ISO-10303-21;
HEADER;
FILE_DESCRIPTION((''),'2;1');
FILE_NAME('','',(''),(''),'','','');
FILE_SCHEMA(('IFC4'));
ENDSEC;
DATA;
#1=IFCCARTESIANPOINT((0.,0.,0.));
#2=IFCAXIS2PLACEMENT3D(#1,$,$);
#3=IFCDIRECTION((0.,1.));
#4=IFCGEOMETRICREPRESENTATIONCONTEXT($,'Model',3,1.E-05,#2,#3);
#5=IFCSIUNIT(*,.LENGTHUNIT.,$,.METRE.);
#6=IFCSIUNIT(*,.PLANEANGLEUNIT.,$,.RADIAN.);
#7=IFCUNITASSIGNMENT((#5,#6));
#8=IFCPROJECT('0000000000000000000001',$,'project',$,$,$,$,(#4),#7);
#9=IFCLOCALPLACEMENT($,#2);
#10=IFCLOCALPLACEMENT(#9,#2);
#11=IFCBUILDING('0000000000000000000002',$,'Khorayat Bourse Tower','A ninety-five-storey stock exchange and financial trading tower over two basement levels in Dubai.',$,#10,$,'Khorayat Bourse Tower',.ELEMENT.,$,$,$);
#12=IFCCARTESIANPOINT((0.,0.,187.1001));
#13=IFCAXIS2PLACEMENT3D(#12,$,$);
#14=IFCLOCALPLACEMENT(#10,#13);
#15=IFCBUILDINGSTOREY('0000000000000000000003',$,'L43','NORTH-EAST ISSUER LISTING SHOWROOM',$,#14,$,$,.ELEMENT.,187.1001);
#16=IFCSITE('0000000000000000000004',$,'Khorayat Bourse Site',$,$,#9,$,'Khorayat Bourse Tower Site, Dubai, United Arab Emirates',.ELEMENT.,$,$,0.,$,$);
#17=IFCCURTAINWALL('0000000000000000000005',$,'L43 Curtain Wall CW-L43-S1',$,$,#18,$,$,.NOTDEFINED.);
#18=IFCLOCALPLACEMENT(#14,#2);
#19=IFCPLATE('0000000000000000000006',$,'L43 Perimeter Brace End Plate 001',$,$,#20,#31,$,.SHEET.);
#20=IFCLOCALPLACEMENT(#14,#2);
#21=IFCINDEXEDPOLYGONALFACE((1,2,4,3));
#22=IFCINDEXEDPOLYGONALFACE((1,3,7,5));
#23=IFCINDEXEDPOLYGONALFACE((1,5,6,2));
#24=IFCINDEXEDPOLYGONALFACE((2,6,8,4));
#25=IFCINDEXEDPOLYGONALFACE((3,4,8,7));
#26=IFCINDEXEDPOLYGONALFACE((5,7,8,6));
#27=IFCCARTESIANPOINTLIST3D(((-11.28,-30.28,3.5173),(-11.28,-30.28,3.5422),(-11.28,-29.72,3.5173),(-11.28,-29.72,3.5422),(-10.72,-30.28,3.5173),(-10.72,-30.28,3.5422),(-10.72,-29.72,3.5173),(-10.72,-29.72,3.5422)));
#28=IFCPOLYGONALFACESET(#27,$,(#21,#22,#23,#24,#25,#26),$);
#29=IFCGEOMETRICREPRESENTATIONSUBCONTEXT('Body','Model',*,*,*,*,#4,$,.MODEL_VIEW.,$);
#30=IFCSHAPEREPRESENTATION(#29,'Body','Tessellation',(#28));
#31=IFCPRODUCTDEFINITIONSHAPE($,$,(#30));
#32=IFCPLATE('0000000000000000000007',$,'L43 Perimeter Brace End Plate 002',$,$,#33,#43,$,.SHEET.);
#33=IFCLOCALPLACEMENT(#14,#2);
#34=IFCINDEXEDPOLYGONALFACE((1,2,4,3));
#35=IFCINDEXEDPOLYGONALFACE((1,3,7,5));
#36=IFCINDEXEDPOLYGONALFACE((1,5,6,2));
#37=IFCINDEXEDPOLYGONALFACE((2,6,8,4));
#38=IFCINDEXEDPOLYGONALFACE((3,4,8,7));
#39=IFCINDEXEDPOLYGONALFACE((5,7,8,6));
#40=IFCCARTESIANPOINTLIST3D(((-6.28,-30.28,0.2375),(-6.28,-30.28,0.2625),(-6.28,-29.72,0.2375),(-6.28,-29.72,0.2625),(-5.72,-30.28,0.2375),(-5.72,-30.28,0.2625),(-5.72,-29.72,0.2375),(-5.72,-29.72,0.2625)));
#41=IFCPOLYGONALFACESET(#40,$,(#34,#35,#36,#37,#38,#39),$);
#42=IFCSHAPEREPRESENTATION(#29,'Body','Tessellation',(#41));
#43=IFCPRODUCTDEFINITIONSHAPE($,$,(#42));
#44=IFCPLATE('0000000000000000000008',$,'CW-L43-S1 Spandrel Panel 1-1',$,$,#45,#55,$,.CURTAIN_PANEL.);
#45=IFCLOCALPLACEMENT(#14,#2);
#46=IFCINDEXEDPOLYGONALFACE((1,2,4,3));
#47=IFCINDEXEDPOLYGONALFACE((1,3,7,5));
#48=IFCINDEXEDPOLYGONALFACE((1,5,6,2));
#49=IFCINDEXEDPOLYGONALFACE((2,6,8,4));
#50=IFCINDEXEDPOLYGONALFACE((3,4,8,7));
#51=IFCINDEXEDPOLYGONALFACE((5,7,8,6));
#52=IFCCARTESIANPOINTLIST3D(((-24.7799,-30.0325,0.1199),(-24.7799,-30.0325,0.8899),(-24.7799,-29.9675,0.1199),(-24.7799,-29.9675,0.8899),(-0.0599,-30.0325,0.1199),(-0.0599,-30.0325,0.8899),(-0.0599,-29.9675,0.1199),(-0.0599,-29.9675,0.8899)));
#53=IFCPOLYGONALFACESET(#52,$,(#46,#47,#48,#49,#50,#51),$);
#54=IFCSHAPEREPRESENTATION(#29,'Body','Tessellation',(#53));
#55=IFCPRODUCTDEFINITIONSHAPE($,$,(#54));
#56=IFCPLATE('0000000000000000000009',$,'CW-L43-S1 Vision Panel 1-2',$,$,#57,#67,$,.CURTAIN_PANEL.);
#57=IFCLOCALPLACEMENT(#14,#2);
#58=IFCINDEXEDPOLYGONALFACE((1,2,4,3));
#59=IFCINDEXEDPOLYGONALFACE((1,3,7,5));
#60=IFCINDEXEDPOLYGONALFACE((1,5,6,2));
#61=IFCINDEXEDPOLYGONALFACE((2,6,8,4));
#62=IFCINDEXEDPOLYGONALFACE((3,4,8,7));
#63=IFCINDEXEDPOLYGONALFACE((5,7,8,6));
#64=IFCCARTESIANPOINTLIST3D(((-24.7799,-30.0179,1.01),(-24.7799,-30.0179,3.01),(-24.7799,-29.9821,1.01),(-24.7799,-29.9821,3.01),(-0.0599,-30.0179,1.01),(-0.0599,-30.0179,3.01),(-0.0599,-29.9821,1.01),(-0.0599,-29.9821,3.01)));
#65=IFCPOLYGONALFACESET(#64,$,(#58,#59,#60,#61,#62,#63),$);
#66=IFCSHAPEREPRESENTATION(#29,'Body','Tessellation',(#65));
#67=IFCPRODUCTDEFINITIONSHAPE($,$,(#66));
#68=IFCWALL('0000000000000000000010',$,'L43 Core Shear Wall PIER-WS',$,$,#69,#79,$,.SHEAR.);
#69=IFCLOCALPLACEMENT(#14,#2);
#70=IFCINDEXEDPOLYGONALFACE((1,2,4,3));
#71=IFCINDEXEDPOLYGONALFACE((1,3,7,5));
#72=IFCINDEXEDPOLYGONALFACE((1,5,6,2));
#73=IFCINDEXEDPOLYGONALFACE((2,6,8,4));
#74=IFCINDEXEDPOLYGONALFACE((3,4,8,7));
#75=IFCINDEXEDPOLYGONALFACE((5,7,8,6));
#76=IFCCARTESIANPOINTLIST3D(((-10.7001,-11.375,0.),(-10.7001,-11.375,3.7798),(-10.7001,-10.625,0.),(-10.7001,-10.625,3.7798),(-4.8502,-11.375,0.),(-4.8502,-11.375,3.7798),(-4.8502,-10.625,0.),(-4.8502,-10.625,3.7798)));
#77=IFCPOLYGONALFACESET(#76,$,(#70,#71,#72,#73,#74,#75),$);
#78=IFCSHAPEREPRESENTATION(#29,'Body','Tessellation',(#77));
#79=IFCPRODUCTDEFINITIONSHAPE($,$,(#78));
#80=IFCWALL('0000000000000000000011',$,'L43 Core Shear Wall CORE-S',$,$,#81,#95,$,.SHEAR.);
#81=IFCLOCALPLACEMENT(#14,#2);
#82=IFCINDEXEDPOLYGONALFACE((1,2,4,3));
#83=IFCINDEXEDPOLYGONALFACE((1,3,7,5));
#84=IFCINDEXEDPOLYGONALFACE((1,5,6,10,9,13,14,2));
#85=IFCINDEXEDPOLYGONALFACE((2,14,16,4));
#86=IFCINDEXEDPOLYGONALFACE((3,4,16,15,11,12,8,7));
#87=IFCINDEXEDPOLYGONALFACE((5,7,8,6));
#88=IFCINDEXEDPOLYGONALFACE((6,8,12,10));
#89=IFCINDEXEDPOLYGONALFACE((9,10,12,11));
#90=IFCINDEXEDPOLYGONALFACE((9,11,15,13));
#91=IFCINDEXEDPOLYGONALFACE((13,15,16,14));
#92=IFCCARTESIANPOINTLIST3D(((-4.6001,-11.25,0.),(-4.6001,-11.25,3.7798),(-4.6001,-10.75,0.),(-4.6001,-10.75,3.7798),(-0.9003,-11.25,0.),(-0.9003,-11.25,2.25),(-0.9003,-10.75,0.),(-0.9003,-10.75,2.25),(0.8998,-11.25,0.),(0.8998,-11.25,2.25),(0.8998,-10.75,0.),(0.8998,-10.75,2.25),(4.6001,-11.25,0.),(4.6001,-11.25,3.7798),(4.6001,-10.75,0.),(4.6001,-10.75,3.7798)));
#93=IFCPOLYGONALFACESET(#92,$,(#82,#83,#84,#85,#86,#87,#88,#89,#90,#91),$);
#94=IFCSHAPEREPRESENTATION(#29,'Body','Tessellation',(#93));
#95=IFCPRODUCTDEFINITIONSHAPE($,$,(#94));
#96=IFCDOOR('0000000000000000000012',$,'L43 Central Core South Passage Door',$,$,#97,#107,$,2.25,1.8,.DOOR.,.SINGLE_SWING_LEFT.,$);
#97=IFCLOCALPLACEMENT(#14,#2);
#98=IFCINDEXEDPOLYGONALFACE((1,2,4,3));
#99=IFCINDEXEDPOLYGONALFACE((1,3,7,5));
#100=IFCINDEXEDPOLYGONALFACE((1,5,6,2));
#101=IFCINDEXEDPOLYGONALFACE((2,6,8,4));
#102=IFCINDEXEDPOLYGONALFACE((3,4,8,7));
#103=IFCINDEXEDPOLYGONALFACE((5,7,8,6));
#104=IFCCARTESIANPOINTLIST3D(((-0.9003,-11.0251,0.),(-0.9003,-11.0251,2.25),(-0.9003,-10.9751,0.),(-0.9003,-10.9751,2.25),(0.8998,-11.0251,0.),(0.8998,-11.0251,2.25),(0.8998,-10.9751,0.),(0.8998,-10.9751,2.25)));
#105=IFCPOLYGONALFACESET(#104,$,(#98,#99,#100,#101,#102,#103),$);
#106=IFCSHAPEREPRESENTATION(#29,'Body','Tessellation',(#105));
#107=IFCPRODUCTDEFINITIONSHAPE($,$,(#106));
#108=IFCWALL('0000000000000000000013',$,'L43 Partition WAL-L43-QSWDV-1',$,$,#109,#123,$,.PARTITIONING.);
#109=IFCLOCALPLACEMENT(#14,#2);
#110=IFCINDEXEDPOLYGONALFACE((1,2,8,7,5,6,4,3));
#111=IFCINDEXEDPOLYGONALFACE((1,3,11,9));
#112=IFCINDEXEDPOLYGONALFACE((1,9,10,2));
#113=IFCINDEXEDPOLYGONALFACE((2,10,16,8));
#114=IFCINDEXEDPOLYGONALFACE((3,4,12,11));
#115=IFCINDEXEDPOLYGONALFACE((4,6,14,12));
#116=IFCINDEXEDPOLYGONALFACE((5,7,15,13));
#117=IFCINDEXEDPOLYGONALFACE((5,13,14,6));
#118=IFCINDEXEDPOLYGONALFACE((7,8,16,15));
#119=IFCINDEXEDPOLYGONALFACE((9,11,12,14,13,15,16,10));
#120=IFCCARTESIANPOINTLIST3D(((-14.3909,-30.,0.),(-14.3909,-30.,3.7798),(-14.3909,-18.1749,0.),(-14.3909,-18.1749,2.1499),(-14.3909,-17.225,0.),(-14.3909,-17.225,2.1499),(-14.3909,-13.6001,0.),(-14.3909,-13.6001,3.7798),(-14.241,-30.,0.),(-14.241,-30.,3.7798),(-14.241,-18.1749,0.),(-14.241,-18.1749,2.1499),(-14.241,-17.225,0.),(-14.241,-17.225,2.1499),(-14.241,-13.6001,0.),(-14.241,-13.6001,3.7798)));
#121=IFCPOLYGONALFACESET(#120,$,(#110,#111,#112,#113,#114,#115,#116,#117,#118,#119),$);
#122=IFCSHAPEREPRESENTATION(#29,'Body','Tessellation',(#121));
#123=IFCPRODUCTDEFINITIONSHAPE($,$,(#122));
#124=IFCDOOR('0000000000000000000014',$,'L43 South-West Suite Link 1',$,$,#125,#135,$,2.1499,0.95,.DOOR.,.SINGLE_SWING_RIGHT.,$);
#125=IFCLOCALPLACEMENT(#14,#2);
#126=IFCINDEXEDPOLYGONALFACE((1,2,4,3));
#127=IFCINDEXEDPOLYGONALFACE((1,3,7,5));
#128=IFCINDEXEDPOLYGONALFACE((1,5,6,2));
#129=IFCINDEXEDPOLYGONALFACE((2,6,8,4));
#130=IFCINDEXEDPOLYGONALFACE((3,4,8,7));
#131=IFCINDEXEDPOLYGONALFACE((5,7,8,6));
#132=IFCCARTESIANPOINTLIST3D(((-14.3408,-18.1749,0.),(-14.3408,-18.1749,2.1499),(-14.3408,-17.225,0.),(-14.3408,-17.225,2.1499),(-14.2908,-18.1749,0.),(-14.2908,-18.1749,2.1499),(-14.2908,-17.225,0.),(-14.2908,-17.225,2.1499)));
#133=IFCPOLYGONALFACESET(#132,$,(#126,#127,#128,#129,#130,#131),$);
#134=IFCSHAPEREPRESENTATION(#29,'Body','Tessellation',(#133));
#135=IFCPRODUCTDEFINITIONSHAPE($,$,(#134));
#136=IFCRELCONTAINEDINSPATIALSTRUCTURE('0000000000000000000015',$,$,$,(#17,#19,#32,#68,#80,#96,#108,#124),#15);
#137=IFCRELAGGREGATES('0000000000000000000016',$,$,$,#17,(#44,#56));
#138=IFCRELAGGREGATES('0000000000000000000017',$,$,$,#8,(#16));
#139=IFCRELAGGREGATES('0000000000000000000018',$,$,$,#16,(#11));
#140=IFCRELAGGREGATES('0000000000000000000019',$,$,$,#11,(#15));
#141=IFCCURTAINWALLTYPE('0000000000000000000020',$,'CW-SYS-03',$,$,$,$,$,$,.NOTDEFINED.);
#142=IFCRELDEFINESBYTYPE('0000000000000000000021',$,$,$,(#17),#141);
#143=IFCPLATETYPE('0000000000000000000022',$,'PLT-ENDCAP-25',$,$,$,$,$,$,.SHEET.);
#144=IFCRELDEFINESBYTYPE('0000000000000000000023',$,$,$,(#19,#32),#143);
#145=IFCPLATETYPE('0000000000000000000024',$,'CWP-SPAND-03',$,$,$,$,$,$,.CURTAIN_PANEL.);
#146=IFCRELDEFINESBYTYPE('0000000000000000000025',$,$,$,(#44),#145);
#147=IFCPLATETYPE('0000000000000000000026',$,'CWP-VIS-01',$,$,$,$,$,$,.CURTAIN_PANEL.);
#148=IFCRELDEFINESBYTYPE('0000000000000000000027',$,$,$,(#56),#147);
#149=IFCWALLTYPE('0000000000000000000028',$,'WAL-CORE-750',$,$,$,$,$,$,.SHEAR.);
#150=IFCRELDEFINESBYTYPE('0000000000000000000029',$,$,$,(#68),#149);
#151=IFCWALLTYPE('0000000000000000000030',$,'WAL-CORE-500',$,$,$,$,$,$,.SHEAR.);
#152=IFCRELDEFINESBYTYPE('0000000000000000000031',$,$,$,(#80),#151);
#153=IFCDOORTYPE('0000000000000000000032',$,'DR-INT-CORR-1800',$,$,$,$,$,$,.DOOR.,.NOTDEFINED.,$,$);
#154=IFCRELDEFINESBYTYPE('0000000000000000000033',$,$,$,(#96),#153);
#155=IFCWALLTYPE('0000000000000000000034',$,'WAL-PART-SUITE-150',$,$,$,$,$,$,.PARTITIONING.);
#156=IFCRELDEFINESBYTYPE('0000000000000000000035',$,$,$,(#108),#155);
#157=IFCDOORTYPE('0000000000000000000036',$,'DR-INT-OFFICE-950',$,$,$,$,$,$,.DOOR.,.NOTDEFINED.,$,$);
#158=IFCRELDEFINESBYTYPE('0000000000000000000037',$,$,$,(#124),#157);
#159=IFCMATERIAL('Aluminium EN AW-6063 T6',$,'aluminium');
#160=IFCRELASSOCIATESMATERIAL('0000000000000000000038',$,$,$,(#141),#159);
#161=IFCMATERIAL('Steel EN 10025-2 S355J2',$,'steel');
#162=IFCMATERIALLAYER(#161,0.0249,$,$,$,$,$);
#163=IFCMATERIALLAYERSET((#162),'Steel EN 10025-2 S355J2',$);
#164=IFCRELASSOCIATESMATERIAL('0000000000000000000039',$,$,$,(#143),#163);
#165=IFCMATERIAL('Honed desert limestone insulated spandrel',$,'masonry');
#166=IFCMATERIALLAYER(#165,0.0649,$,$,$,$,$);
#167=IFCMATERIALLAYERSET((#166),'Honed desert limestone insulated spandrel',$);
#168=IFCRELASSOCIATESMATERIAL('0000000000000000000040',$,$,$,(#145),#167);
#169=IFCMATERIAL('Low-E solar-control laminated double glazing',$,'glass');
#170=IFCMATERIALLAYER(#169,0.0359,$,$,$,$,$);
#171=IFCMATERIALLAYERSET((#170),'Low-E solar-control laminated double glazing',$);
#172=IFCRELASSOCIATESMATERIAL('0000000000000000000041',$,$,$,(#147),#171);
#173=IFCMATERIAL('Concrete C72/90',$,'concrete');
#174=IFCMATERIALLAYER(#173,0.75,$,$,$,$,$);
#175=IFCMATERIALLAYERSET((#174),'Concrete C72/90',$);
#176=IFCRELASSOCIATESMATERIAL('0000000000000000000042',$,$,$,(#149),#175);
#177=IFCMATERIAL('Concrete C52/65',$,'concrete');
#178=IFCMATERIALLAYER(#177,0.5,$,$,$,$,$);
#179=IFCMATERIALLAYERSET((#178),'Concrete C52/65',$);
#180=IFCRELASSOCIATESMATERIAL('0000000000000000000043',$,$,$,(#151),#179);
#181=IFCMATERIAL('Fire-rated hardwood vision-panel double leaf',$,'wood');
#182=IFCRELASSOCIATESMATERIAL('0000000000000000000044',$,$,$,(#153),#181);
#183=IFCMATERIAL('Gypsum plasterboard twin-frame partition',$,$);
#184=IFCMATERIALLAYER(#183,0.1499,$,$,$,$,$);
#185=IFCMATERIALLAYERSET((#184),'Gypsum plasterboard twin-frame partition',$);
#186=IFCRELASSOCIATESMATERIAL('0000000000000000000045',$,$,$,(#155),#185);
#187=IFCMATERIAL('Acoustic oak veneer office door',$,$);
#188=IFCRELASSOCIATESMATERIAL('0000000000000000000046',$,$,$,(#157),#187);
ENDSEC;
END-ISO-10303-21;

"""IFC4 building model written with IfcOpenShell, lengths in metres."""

from ifc_helpers import new_model, si_unit, direction, frame, frame_2d, origin, origin_2d, place, context, subcontext, project, spatial, rectangle, extrude, source, transform, mapped, material, layer, layer_set, type_object, element, fill, aggregate, save


model = new_model("IFC4")

# Units and contexts
model_context = context("Model", 3, precision=1e-05, world=origin(), true_north=direction((0.0, 1.0)))
body_context = subcontext(model_context, "Body", "Model", "MODEL_VIEW")
ifc_project = project(units=[si_unit("LENGTHUNIT", "METRE"), si_unit("PLANEANGLEUNIT", "RADIAN")], contexts=[model_context])

# Site, building, storey
site_placement = place(None, origin())
site = spatial("IfcSite", under=ifc_project, at=site_placement, Name="Khorayat Bourse Site", LongName="Khorayat Bourse Tower Site, Dubai, United Arab Emirates", CompositionType="ELEMENT", RefElevation=0.0)
building_placement = place(site_placement, origin())
building = spatial("IfcBuilding", under=site, at=building_placement, Name="Khorayat Bourse Tower", Description="A ninety-five-storey stock exchange and financial trading tower over two basement levels in Dubai.", LongName="Khorayat Bourse Tower", CompositionType="ELEMENT")
storey_placement = place(building_placement, frame((0.0, 0.0, 187.1001)))
storey = spatial("IfcBuildingStorey", under=building, at=storey_placement, Name="L43", Description="NORTH-EAST ISSUER LISTING SHOWROOM", CompositionType="ELEMENT", Elevation=187.1001)

# Shared definitions
ifc_material_1 = material(Name="Concrete C72/90", Category="concrete")

# Curtain wall
ifc_material_2 = material(Name="Aluminium EN AW-6063 T6", Category="aluminium")
curtain_wall_type = type_object("IfcCurtainWallType", Name="CW-SYS-03", PredefinedType="NOTDEFINED", material=ifc_material_2)
curtain_wall_placement = place(storey_placement, origin())
curtain_wall = element("IfcCurtainWall", 1, at=curtain_wall_placement, inside=storey, type_object=curtain_wall_type, Name="L43 Curtain Wall CW-L43-S1", PredefinedType="NOTDEFINED")

# Plates
ifc_material_3 = material(Name="Steel EN 10025-2 S355J2", Category="steel")
ifc_layer_1 = layer(ifc_material_3, 0.0249)
ifc_layer_set_1 = layer_set([ifc_layer_1], Name="Steel EN 10025-2 S355J2")
plate_type_1 = type_object("IfcPlateType", Name="PLT-ENDCAP-25", PredefinedType="SHEET", material=ifc_layer_set_1)
shared_shape_1 = source(origin(), body_context, "Body", "SweptSolid", [
    extrude(rectangle(XDim=0.5601, YDim=0.5601, at=origin_2d()), origin(), (0.0, 0.0, 1.0), 0.0249),
])
for number, where, z_axis, x_axis, name in (
    (2, (-11.0, -30.0, 3.5173), (0.0, 0.0, 1.0), (1.0, 0.0, 0.0), "L43 Perimeter Brace End Plate 001"),
    (3, (-6.0, -30.0, 0.2375), (0.0, 0.0, 1.0), (1.0, 0.0, 0.0), "L43 Perimeter Brace End Plate 002"),
):
    element("IfcPlate", number, at=place(storey_placement, frame(where, z_axis=z_axis, x_axis=x_axis)), inside=storey, type_object=plate_type_1, Name=name, PredefinedType="SHEET", context=body_context, shape_type="MappedRepresentation", body=[
        mapped(shared_shape_1, transform((0.0, 0.0, 0.0), scale=1.0)),
    ])

# Plates
ifc_material_4 = material(Name="Honed desert limestone insulated spandrel", Category="masonry")
ifc_layer_2 = layer(ifc_material_4, 0.0649)
ifc_layer_set_2 = layer_set([ifc_layer_2], Name="Honed desert limestone insulated spandrel")
plate_type_2 = type_object("IfcPlateType", Name="CWP-SPAND-03", PredefinedType="CURTAIN_PANEL", material=ifc_layer_set_2)
shared_shape_2 = source(origin(), body_context, "Body", "SweptSolid", [
    extrude(rectangle(XDim=24.72, YDim=0.0649, at=origin_2d()), origin(), (0.0, 0.0, 1.0), 0.77),
])
plate_1_placement = place(storey_placement, frame((-12.4199, -30.0, 0.1199), z_axis=(0.0, 0.0, 1.0), x_axis=(1.0, 0.0, 0.0)))
plate_1 = element("IfcPlate", 4, at=plate_1_placement, type_object=plate_type_2, Name="CW-L43-S1 Spandrel Panel 1-1", PredefinedType="CURTAIN_PANEL", context=body_context, shape_type="MappedRepresentation", body=[
    mapped(shared_shape_2, transform((0.0, 0.0, 0.0), scale=1.0)),
])
ifc_material_5 = material(Name="Low-E solar-control laminated double glazing", Category="glass")
ifc_layer_3 = layer(ifc_material_5, 0.0359)
ifc_layer_set_3 = layer_set([ifc_layer_3], Name="Low-E solar-control laminated double glazing")
plate_type_3 = type_object("IfcPlateType", Name="CWP-VIS-01", PredefinedType="CURTAIN_PANEL", material=ifc_layer_set_3)
shared_shape_3 = source(origin(), body_context, "Body", "SweptSolid", [
    extrude(rectangle(XDim=24.72, YDim=0.0359, at=origin_2d()), origin(), (0.0, 0.0, 1.0), 2.0),
])
plate_2_placement = place(storey_placement, frame((-12.4199, -30.0, 1.01), z_axis=(0.0, 0.0, 1.0), x_axis=(1.0, 0.0, 0.0)))
plate_2 = element("IfcPlate", 5, at=plate_2_placement, type_object=plate_type_3, Name="CW-L43-S1 Vision Panel 1-2", PredefinedType="CURTAIN_PANEL", context=body_context, shape_type="MappedRepresentation", body=[
    mapped(shared_shape_3, transform((0.0, 0.0, 0.0), scale=1.0)),
])
aggregate(curtain_wall, [plate_1, plate_2])

# Wall
ifc_layer_4 = layer(ifc_material_1, 0.75)
ifc_layer_set_4 = layer_set([ifc_layer_4], Name="Concrete C72/90")
wall_type_1 = type_object("IfcWallType", Name="WAL-CORE-750", PredefinedType="SHEAR", material=ifc_layer_set_4)
shared_shape_4 = source(origin(), body_context, "Body", "SweptSolid", [
    extrude(rectangle(XDim=5.8499, YDim=0.75, at=frame_2d((2.9248, 0.0))), origin(), (0.0, 0.0, 1.0), 3.7798),
])
wall_1_placement = place(storey_placement, frame((-10.7, -11.0, 0.0), z_axis=(0.0, 0.0, 1.0), x_axis=(1.0, 0.0, 0.0)))
element("IfcWall", 6, at=wall_1_placement, inside=storey, type_object=wall_type_1, Name="L43 Core Shear Wall PIER-WS", PredefinedType="SHEAR", context=body_context, shape_type="MappedRepresentation", body=[
    mapped(shared_shape_4, transform((0.0, 0.0, 0.0), scale=1.0)),
])

# Walls, openings, doors
ifc_material_6 = material(Name="Concrete C52/65", Category="concrete")
ifc_layer_5 = layer(ifc_material_6, 0.5)
ifc_layer_set_5 = layer_set([ifc_layer_5], Name="Concrete C52/65")
wall_type_2 = type_object("IfcWallType", Name="WAL-CORE-500", PredefinedType="SHEAR", material=ifc_layer_set_5)
shared_shape_5 = source(origin(), body_context, "Body", "SweptSolid", [
    extrude(rectangle(XDim=9.2002, YDim=0.5, at=frame_2d((4.6001, 0.0))), origin(), (0.0, 0.0, 1.0), 3.7798),
])
wall_2_placement = place(storey_placement, frame((-4.6001, -11.0, 0.0), z_axis=(0.0, 0.0, 1.0), x_axis=(1.0, 0.0, 0.0)))
wall_2 = element("IfcWall", 7, at=wall_2_placement, inside=storey, type_object=wall_type_2, Name="L43 Core Shear Wall CORE-S", PredefinedType="SHEAR", context=body_context, shape_type="MappedRepresentation", body=[
    mapped(shared_shape_5, transform((0.0, 0.0, 0.0), scale=1.0)),
])
shared_shape_6 = source(origin(), body_context, "Body", "SweptSolid", [
    extrude(rectangle(XDim=1.8, YDim=2.25, at=frame_2d((0.8999, 1.125))), frame((0.0, 0.26, 0.0), z_axis=(0.0, -1.0, 0.0), x_axis=(1.0, 0.0, 0.0)), (0.0, 0.0, 1.0), 0.52),
])
opening_1_placement = place(wall_2_placement, frame((3.7, 0.0, 0.0)))
opening_1 = element("IfcOpeningElement", 8, at=opening_1_placement, cuts=wall_2, PredefinedType="OPENING", context=body_context, shape_type="MappedRepresentation", body=[
    mapped(shared_shape_6, transform((0.0, 0.0, 0.0), scale=1.0)),
])
ifc_material_7 = material(Name="Fire-rated hardwood vision-panel double leaf", Category="wood")
door_type_1 = type_object("IfcDoorType", Name="DR-INT-CORR-1800", OperationType="NOTDEFINED", PredefinedType="DOOR", material=ifc_material_7)
shared_shape_7 = source(origin(), body_context, "Body", "SweptSolid", [
    extrude(rectangle(XDim=1.8, YDim=2.25, at=frame_2d((0.8999, 1.125))), frame((0.0, 0.0249, 0.0), z_axis=(0.0, -1.0, 0.0), x_axis=(1.0, 0.0, 0.0)), (0.0, 0.0, 1.0), 0.05),
])
door_1_placement = place(opening_1_placement, origin())
door_1 = element("IfcDoor", 9, at=door_1_placement, inside=storey, type_object=door_type_1, Name="L43 Central Core South Passage Door", OperationType="SINGLE_SWING_LEFT", OverallHeight=2.25, OverallWidth=1.8, PredefinedType="DOOR", context=body_context, shape_type="MappedRepresentation", body=[
    mapped(shared_shape_7, transform((0.0, 0.0, 0.0), scale=1.0)),
])
fill(opening_1, door_1)
ifc_material_8 = material(Name="Gypsum plasterboard twin-frame partition")
ifc_layer_6 = layer(ifc_material_8, 0.1499)
ifc_layer_set_6 = layer_set([ifc_layer_6], Name="Gypsum plasterboard twin-frame partition")
wall_type_3 = type_object("IfcWallType", Name="WAL-PART-SUITE-150", PredefinedType="PARTITIONING", material=ifc_layer_set_6)
shared_shape_8 = source(origin(), body_context, "Body", "SweptSolid", [
    extrude(rectangle(XDim=16.3999, YDim=0.1499, at=frame_2d((8.2, 0.0))), origin(), (0.0, 0.0, 1.0), 3.7798),
])
wall_3_placement = place(storey_placement, frame((-14.3159, -30.0, 0.0), z_axis=(0.0, 0.0, 1.0), x_axis=(0.0, 1.0, 0.0)))
wall_3 = element("IfcWall", 10, at=wall_3_placement, inside=storey, type_object=wall_type_3, Name="L43 Partition WAL-L43-QSWDV-1", PredefinedType="PARTITIONING", context=body_context, shape_type="MappedRepresentation", body=[
    mapped(shared_shape_8, transform((0.0, 0.0, 0.0), scale=1.0)),
])
shared_shape_9 = source(origin(), body_context, "Body", "SweptSolid", [
    extrude(rectangle(XDim=0.95, YDim=2.1499, at=frame_2d((0.4751, 1.075))), frame((0.0, 0.085, 0.0), z_axis=(0.0, -1.0, 0.0), x_axis=(1.0, 0.0, 0.0)), (0.0, 0.0, 1.0), 0.1699),
])
opening_2_placement = place(wall_3_placement, frame((11.825, 0.0, 0.0)))
opening_2 = element("IfcOpeningElement", 11, at=opening_2_placement, cuts=wall_3, PredefinedType="OPENING", context=body_context, shape_type="MappedRepresentation", body=[
    mapped(shared_shape_9, transform((0.0, 0.0, 0.0), scale=1.0)),
])
ifc_material_9 = material(Name="Acoustic oak veneer office door")
door_type_2 = type_object("IfcDoorType", Name="DR-INT-OFFICE-950", OperationType="NOTDEFINED", PredefinedType="DOOR", material=ifc_material_9)
shared_shape_10 = source(origin(), body_context, "Body", "SweptSolid", [
    extrude(rectangle(XDim=0.95, YDim=2.1499, at=frame_2d((0.4751, 1.075))), frame((0.0, 0.0249, 0.0), z_axis=(0.0, -1.0, 0.0), x_axis=(1.0, 0.0, 0.0)), (0.0, 0.0, 1.0), 0.05),
])
door_2_placement = place(opening_2_placement, origin())
door_2 = element("IfcDoor", 12, at=door_2_placement, inside=storey, type_object=door_type_2, Name="L43 South-West Suite Link 1", OperationType="SINGLE_SWING_RIGHT", OverallHeight=2.1499, OverallWidth=0.95, PredefinedType="DOOR", context=body_context, shape_type="MappedRepresentation", body=[
    mapped(shared_shape_10, transform((0.0, 0.0, 0.0), scale=1.0)),
])
fill(opening_2, door_2)

save(model, "model.ifc")
